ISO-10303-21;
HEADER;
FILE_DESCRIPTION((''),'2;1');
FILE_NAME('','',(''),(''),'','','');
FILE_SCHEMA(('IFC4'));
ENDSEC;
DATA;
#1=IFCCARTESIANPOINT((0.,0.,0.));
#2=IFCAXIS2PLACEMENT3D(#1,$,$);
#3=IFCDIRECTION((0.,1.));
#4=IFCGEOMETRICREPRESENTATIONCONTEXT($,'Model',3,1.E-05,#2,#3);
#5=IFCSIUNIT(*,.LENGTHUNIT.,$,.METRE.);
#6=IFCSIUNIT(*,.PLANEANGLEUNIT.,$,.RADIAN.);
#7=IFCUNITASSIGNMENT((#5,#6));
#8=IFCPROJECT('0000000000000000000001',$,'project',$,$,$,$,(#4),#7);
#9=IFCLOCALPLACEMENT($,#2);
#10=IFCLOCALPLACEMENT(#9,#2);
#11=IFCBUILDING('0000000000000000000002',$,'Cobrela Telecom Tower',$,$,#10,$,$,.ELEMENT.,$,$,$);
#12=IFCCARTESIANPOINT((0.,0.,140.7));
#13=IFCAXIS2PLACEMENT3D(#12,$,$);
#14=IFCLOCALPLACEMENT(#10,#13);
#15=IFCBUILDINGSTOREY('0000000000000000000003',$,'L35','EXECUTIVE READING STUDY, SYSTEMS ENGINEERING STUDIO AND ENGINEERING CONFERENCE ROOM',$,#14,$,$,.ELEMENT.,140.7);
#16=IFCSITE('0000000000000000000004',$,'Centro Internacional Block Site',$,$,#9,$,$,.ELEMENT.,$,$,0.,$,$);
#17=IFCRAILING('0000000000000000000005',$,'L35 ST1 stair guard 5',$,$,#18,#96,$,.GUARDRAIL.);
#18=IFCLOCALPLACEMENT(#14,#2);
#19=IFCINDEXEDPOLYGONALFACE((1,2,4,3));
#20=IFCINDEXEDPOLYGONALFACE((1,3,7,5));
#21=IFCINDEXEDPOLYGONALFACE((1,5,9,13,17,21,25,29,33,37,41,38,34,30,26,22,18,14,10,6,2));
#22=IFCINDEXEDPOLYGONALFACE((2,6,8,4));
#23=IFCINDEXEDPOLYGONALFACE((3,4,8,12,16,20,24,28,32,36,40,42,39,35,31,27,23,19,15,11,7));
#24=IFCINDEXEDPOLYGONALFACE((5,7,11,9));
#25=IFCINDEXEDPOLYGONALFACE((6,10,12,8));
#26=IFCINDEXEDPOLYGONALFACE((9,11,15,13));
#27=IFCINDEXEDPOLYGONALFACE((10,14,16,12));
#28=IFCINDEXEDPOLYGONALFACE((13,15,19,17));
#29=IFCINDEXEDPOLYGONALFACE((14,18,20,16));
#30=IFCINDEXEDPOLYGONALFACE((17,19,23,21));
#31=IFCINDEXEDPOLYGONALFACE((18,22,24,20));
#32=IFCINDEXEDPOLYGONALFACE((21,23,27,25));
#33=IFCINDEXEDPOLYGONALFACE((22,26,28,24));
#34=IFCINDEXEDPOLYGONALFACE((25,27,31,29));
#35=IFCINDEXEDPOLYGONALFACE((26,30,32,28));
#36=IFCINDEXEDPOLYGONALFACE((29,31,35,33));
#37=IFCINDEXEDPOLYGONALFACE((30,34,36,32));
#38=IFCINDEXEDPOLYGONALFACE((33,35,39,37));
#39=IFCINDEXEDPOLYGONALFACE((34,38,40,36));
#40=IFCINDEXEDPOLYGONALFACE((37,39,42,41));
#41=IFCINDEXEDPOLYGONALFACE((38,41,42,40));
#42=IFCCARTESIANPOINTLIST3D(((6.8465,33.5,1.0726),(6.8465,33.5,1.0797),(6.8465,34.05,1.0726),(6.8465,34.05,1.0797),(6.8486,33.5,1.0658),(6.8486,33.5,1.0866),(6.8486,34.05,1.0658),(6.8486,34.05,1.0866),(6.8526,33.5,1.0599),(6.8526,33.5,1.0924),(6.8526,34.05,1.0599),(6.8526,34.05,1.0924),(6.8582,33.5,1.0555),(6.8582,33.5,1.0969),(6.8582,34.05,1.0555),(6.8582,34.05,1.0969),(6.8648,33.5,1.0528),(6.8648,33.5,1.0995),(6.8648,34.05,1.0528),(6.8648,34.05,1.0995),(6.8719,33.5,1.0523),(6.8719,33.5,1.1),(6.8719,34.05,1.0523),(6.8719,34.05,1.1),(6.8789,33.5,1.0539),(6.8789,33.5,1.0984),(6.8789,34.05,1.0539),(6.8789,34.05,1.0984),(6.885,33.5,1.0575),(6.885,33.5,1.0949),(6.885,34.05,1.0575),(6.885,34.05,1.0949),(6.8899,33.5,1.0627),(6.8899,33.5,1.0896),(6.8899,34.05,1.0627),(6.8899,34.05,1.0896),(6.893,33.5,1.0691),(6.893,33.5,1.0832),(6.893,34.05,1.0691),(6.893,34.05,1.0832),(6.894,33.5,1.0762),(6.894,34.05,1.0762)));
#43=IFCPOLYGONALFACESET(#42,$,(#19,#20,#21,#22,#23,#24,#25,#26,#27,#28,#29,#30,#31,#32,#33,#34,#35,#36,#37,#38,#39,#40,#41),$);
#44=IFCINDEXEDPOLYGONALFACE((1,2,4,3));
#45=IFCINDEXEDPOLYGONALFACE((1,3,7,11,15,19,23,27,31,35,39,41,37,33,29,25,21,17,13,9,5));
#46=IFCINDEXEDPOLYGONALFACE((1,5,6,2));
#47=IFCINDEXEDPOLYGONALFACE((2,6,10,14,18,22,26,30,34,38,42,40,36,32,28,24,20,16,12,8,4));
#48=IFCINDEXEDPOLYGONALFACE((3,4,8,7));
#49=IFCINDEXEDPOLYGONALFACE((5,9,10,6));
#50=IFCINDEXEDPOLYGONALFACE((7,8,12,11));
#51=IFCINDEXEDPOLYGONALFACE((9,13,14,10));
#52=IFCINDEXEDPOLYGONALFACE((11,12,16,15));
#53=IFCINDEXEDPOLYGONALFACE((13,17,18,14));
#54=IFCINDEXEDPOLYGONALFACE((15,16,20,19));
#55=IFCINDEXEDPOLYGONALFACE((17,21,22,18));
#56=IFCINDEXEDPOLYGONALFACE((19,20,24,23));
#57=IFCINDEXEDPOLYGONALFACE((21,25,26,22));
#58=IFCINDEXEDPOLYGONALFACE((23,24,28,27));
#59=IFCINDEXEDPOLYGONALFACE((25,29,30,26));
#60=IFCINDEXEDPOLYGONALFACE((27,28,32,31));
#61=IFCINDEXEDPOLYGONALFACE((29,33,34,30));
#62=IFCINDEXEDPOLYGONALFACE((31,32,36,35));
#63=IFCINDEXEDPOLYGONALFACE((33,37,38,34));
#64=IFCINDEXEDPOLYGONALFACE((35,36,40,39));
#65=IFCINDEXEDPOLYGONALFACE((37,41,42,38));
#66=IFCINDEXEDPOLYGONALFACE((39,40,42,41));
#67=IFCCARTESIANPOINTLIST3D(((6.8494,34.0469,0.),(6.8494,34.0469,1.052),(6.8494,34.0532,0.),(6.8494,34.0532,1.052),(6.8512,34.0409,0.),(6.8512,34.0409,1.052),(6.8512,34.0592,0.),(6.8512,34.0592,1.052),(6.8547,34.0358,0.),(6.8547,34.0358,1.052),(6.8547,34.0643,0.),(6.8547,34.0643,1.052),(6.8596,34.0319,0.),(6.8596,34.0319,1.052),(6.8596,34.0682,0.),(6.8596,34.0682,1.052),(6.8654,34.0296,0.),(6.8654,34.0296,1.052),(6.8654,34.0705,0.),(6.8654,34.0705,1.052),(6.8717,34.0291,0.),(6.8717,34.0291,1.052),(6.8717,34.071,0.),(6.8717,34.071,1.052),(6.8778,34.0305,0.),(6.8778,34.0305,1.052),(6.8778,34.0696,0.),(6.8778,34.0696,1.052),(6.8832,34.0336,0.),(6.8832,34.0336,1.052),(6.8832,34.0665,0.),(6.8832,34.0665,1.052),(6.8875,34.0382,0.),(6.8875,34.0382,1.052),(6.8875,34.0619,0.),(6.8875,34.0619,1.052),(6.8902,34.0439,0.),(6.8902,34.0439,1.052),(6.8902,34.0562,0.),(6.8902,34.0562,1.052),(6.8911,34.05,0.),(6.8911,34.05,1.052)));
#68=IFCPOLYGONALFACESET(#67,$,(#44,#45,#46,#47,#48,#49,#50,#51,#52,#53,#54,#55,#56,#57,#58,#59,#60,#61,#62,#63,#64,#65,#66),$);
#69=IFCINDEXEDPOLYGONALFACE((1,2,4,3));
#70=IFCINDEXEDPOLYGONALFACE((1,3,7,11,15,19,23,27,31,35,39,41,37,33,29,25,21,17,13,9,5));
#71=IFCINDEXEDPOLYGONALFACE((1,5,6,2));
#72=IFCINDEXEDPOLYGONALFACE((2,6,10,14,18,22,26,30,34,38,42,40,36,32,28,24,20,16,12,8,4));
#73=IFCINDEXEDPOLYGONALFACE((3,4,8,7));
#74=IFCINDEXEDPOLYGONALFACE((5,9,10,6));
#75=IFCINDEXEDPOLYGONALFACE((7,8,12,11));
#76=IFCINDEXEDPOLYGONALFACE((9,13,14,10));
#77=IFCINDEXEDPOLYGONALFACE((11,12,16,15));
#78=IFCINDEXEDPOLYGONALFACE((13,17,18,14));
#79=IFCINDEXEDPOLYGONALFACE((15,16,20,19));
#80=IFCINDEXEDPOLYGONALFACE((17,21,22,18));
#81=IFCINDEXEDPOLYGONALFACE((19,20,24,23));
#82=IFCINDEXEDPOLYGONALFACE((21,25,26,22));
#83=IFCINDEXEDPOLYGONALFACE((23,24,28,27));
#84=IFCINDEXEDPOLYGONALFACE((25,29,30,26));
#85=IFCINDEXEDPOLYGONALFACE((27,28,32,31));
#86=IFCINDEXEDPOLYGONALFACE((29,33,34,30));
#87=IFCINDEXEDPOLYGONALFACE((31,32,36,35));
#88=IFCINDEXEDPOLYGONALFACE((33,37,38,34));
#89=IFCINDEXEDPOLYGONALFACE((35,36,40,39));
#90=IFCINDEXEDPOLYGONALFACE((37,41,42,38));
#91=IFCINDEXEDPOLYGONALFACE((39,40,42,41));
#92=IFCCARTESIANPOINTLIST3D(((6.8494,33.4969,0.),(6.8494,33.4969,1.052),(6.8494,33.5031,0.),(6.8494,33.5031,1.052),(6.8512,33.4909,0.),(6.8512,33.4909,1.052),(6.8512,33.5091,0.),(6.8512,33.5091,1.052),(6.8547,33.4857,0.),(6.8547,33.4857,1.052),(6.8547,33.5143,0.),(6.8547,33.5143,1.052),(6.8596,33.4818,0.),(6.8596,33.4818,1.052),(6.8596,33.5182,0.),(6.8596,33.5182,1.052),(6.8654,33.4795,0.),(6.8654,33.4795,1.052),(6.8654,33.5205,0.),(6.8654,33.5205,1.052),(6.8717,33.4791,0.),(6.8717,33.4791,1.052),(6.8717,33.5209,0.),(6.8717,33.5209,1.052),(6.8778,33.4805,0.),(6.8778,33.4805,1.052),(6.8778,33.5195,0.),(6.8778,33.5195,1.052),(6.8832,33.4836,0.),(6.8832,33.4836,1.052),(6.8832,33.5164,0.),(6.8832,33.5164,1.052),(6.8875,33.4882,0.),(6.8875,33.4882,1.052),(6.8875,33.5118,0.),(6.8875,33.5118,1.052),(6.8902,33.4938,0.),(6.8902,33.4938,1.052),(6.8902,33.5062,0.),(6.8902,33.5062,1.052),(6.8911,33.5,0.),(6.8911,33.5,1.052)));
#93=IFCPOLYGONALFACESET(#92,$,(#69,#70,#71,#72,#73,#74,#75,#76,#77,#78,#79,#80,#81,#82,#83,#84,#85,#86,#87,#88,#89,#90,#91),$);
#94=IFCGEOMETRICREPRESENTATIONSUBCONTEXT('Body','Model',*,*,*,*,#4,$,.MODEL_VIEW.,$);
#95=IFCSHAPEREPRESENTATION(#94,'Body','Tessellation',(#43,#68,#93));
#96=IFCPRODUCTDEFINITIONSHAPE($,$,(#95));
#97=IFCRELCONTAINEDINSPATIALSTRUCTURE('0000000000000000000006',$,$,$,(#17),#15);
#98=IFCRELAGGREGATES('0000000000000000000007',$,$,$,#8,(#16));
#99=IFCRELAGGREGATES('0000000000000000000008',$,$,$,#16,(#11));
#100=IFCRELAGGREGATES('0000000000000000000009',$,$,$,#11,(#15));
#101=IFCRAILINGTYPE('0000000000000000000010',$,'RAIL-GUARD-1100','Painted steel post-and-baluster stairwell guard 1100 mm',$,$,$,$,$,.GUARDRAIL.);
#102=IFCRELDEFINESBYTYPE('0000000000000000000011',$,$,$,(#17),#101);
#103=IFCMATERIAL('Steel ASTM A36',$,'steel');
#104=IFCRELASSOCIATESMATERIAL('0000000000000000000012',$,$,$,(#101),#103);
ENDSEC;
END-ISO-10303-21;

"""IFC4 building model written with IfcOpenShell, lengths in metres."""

from ifc_helpers import new_model, si_unit, direction, frame, origin, origin_2d, place, context, subcontext, project, spatial, circle, extrude, material, type_object, element, save


model = new_model("IFC4")

# Units and contexts
model_context = context("Model", 3, precision=1e-05, world=origin(), true_north=direction((0.0, 1.0)))
body_context = subcontext(model_context, "Body", "Model", "MODEL_VIEW")
ifc_project = project(units=[si_unit("LENGTHUNIT", "METRE"), si_unit("PLANEANGLEUNIT", "RADIAN")], contexts=[model_context])

# Site, building, storey
site_placement = place(None, origin())
site = spatial("IfcSite", under=ifc_project, at=site_placement, Name="Centro Internacional Block Site", CompositionType="ELEMENT", RefElevation=0.0)
building_placement = place(site_placement, origin())
building = spatial("IfcBuilding", under=site, at=building_placement, Name="Cobrela Telecom Tower", CompositionType="ELEMENT")
storey_placement = place(building_placement, frame((0.0, 0.0, 140.7)))
storey = spatial("IfcBuildingStorey", under=building, at=storey_placement, Name="L35", Description="EXECUTIVE READING STUDY, SYSTEMS ENGINEERING STUDIO AND ENGINEERING CONFERENCE ROOM", CompositionType="ELEMENT", Elevation=140.7)

# Shared definitions
ifc_material_1 = material(Name="Steel ASTM A36", Category="steel")

# Railing
railing_type_1 = type_object("IfcRailingType", Name="RAIL-GUARD-1100", Description="Painted steel post-and-baluster stairwell guard 1100 mm", PredefinedType="GUARDRAIL", material=ifc_material_1)
railing_1_placement = place(storey_placement, frame((6.8701, 34.05, 0.0)))
element("IfcRailing", 1, at=railing_1_placement, inside=storey, type_object=railing_type_1, Name="L35 ST1 stair guard 5", PredefinedType="GUARDRAIL", context=body_context, shape_type="SweptSolid", body=[
    extrude(circle(Radius=0.0239, at=origin_2d()), frame((0.0, 0.0, 1.0762), z_axis=(0.0, -1.0, 0.0), x_axis=(1.0, 0.0, 0.0)), (0.0, 0.0, 1.0), 0.55),
    extrude(circle(Radius=0.021, at=origin_2d()), origin(), (0.0, 0.0, 1.0), 1.052),
    extrude(circle(Radius=0.021, at=origin_2d()), frame((0.0, -0.55, 0.0)), (0.0, 0.0, 1.0), 1.052),
])

save(model, "model.ifc")
